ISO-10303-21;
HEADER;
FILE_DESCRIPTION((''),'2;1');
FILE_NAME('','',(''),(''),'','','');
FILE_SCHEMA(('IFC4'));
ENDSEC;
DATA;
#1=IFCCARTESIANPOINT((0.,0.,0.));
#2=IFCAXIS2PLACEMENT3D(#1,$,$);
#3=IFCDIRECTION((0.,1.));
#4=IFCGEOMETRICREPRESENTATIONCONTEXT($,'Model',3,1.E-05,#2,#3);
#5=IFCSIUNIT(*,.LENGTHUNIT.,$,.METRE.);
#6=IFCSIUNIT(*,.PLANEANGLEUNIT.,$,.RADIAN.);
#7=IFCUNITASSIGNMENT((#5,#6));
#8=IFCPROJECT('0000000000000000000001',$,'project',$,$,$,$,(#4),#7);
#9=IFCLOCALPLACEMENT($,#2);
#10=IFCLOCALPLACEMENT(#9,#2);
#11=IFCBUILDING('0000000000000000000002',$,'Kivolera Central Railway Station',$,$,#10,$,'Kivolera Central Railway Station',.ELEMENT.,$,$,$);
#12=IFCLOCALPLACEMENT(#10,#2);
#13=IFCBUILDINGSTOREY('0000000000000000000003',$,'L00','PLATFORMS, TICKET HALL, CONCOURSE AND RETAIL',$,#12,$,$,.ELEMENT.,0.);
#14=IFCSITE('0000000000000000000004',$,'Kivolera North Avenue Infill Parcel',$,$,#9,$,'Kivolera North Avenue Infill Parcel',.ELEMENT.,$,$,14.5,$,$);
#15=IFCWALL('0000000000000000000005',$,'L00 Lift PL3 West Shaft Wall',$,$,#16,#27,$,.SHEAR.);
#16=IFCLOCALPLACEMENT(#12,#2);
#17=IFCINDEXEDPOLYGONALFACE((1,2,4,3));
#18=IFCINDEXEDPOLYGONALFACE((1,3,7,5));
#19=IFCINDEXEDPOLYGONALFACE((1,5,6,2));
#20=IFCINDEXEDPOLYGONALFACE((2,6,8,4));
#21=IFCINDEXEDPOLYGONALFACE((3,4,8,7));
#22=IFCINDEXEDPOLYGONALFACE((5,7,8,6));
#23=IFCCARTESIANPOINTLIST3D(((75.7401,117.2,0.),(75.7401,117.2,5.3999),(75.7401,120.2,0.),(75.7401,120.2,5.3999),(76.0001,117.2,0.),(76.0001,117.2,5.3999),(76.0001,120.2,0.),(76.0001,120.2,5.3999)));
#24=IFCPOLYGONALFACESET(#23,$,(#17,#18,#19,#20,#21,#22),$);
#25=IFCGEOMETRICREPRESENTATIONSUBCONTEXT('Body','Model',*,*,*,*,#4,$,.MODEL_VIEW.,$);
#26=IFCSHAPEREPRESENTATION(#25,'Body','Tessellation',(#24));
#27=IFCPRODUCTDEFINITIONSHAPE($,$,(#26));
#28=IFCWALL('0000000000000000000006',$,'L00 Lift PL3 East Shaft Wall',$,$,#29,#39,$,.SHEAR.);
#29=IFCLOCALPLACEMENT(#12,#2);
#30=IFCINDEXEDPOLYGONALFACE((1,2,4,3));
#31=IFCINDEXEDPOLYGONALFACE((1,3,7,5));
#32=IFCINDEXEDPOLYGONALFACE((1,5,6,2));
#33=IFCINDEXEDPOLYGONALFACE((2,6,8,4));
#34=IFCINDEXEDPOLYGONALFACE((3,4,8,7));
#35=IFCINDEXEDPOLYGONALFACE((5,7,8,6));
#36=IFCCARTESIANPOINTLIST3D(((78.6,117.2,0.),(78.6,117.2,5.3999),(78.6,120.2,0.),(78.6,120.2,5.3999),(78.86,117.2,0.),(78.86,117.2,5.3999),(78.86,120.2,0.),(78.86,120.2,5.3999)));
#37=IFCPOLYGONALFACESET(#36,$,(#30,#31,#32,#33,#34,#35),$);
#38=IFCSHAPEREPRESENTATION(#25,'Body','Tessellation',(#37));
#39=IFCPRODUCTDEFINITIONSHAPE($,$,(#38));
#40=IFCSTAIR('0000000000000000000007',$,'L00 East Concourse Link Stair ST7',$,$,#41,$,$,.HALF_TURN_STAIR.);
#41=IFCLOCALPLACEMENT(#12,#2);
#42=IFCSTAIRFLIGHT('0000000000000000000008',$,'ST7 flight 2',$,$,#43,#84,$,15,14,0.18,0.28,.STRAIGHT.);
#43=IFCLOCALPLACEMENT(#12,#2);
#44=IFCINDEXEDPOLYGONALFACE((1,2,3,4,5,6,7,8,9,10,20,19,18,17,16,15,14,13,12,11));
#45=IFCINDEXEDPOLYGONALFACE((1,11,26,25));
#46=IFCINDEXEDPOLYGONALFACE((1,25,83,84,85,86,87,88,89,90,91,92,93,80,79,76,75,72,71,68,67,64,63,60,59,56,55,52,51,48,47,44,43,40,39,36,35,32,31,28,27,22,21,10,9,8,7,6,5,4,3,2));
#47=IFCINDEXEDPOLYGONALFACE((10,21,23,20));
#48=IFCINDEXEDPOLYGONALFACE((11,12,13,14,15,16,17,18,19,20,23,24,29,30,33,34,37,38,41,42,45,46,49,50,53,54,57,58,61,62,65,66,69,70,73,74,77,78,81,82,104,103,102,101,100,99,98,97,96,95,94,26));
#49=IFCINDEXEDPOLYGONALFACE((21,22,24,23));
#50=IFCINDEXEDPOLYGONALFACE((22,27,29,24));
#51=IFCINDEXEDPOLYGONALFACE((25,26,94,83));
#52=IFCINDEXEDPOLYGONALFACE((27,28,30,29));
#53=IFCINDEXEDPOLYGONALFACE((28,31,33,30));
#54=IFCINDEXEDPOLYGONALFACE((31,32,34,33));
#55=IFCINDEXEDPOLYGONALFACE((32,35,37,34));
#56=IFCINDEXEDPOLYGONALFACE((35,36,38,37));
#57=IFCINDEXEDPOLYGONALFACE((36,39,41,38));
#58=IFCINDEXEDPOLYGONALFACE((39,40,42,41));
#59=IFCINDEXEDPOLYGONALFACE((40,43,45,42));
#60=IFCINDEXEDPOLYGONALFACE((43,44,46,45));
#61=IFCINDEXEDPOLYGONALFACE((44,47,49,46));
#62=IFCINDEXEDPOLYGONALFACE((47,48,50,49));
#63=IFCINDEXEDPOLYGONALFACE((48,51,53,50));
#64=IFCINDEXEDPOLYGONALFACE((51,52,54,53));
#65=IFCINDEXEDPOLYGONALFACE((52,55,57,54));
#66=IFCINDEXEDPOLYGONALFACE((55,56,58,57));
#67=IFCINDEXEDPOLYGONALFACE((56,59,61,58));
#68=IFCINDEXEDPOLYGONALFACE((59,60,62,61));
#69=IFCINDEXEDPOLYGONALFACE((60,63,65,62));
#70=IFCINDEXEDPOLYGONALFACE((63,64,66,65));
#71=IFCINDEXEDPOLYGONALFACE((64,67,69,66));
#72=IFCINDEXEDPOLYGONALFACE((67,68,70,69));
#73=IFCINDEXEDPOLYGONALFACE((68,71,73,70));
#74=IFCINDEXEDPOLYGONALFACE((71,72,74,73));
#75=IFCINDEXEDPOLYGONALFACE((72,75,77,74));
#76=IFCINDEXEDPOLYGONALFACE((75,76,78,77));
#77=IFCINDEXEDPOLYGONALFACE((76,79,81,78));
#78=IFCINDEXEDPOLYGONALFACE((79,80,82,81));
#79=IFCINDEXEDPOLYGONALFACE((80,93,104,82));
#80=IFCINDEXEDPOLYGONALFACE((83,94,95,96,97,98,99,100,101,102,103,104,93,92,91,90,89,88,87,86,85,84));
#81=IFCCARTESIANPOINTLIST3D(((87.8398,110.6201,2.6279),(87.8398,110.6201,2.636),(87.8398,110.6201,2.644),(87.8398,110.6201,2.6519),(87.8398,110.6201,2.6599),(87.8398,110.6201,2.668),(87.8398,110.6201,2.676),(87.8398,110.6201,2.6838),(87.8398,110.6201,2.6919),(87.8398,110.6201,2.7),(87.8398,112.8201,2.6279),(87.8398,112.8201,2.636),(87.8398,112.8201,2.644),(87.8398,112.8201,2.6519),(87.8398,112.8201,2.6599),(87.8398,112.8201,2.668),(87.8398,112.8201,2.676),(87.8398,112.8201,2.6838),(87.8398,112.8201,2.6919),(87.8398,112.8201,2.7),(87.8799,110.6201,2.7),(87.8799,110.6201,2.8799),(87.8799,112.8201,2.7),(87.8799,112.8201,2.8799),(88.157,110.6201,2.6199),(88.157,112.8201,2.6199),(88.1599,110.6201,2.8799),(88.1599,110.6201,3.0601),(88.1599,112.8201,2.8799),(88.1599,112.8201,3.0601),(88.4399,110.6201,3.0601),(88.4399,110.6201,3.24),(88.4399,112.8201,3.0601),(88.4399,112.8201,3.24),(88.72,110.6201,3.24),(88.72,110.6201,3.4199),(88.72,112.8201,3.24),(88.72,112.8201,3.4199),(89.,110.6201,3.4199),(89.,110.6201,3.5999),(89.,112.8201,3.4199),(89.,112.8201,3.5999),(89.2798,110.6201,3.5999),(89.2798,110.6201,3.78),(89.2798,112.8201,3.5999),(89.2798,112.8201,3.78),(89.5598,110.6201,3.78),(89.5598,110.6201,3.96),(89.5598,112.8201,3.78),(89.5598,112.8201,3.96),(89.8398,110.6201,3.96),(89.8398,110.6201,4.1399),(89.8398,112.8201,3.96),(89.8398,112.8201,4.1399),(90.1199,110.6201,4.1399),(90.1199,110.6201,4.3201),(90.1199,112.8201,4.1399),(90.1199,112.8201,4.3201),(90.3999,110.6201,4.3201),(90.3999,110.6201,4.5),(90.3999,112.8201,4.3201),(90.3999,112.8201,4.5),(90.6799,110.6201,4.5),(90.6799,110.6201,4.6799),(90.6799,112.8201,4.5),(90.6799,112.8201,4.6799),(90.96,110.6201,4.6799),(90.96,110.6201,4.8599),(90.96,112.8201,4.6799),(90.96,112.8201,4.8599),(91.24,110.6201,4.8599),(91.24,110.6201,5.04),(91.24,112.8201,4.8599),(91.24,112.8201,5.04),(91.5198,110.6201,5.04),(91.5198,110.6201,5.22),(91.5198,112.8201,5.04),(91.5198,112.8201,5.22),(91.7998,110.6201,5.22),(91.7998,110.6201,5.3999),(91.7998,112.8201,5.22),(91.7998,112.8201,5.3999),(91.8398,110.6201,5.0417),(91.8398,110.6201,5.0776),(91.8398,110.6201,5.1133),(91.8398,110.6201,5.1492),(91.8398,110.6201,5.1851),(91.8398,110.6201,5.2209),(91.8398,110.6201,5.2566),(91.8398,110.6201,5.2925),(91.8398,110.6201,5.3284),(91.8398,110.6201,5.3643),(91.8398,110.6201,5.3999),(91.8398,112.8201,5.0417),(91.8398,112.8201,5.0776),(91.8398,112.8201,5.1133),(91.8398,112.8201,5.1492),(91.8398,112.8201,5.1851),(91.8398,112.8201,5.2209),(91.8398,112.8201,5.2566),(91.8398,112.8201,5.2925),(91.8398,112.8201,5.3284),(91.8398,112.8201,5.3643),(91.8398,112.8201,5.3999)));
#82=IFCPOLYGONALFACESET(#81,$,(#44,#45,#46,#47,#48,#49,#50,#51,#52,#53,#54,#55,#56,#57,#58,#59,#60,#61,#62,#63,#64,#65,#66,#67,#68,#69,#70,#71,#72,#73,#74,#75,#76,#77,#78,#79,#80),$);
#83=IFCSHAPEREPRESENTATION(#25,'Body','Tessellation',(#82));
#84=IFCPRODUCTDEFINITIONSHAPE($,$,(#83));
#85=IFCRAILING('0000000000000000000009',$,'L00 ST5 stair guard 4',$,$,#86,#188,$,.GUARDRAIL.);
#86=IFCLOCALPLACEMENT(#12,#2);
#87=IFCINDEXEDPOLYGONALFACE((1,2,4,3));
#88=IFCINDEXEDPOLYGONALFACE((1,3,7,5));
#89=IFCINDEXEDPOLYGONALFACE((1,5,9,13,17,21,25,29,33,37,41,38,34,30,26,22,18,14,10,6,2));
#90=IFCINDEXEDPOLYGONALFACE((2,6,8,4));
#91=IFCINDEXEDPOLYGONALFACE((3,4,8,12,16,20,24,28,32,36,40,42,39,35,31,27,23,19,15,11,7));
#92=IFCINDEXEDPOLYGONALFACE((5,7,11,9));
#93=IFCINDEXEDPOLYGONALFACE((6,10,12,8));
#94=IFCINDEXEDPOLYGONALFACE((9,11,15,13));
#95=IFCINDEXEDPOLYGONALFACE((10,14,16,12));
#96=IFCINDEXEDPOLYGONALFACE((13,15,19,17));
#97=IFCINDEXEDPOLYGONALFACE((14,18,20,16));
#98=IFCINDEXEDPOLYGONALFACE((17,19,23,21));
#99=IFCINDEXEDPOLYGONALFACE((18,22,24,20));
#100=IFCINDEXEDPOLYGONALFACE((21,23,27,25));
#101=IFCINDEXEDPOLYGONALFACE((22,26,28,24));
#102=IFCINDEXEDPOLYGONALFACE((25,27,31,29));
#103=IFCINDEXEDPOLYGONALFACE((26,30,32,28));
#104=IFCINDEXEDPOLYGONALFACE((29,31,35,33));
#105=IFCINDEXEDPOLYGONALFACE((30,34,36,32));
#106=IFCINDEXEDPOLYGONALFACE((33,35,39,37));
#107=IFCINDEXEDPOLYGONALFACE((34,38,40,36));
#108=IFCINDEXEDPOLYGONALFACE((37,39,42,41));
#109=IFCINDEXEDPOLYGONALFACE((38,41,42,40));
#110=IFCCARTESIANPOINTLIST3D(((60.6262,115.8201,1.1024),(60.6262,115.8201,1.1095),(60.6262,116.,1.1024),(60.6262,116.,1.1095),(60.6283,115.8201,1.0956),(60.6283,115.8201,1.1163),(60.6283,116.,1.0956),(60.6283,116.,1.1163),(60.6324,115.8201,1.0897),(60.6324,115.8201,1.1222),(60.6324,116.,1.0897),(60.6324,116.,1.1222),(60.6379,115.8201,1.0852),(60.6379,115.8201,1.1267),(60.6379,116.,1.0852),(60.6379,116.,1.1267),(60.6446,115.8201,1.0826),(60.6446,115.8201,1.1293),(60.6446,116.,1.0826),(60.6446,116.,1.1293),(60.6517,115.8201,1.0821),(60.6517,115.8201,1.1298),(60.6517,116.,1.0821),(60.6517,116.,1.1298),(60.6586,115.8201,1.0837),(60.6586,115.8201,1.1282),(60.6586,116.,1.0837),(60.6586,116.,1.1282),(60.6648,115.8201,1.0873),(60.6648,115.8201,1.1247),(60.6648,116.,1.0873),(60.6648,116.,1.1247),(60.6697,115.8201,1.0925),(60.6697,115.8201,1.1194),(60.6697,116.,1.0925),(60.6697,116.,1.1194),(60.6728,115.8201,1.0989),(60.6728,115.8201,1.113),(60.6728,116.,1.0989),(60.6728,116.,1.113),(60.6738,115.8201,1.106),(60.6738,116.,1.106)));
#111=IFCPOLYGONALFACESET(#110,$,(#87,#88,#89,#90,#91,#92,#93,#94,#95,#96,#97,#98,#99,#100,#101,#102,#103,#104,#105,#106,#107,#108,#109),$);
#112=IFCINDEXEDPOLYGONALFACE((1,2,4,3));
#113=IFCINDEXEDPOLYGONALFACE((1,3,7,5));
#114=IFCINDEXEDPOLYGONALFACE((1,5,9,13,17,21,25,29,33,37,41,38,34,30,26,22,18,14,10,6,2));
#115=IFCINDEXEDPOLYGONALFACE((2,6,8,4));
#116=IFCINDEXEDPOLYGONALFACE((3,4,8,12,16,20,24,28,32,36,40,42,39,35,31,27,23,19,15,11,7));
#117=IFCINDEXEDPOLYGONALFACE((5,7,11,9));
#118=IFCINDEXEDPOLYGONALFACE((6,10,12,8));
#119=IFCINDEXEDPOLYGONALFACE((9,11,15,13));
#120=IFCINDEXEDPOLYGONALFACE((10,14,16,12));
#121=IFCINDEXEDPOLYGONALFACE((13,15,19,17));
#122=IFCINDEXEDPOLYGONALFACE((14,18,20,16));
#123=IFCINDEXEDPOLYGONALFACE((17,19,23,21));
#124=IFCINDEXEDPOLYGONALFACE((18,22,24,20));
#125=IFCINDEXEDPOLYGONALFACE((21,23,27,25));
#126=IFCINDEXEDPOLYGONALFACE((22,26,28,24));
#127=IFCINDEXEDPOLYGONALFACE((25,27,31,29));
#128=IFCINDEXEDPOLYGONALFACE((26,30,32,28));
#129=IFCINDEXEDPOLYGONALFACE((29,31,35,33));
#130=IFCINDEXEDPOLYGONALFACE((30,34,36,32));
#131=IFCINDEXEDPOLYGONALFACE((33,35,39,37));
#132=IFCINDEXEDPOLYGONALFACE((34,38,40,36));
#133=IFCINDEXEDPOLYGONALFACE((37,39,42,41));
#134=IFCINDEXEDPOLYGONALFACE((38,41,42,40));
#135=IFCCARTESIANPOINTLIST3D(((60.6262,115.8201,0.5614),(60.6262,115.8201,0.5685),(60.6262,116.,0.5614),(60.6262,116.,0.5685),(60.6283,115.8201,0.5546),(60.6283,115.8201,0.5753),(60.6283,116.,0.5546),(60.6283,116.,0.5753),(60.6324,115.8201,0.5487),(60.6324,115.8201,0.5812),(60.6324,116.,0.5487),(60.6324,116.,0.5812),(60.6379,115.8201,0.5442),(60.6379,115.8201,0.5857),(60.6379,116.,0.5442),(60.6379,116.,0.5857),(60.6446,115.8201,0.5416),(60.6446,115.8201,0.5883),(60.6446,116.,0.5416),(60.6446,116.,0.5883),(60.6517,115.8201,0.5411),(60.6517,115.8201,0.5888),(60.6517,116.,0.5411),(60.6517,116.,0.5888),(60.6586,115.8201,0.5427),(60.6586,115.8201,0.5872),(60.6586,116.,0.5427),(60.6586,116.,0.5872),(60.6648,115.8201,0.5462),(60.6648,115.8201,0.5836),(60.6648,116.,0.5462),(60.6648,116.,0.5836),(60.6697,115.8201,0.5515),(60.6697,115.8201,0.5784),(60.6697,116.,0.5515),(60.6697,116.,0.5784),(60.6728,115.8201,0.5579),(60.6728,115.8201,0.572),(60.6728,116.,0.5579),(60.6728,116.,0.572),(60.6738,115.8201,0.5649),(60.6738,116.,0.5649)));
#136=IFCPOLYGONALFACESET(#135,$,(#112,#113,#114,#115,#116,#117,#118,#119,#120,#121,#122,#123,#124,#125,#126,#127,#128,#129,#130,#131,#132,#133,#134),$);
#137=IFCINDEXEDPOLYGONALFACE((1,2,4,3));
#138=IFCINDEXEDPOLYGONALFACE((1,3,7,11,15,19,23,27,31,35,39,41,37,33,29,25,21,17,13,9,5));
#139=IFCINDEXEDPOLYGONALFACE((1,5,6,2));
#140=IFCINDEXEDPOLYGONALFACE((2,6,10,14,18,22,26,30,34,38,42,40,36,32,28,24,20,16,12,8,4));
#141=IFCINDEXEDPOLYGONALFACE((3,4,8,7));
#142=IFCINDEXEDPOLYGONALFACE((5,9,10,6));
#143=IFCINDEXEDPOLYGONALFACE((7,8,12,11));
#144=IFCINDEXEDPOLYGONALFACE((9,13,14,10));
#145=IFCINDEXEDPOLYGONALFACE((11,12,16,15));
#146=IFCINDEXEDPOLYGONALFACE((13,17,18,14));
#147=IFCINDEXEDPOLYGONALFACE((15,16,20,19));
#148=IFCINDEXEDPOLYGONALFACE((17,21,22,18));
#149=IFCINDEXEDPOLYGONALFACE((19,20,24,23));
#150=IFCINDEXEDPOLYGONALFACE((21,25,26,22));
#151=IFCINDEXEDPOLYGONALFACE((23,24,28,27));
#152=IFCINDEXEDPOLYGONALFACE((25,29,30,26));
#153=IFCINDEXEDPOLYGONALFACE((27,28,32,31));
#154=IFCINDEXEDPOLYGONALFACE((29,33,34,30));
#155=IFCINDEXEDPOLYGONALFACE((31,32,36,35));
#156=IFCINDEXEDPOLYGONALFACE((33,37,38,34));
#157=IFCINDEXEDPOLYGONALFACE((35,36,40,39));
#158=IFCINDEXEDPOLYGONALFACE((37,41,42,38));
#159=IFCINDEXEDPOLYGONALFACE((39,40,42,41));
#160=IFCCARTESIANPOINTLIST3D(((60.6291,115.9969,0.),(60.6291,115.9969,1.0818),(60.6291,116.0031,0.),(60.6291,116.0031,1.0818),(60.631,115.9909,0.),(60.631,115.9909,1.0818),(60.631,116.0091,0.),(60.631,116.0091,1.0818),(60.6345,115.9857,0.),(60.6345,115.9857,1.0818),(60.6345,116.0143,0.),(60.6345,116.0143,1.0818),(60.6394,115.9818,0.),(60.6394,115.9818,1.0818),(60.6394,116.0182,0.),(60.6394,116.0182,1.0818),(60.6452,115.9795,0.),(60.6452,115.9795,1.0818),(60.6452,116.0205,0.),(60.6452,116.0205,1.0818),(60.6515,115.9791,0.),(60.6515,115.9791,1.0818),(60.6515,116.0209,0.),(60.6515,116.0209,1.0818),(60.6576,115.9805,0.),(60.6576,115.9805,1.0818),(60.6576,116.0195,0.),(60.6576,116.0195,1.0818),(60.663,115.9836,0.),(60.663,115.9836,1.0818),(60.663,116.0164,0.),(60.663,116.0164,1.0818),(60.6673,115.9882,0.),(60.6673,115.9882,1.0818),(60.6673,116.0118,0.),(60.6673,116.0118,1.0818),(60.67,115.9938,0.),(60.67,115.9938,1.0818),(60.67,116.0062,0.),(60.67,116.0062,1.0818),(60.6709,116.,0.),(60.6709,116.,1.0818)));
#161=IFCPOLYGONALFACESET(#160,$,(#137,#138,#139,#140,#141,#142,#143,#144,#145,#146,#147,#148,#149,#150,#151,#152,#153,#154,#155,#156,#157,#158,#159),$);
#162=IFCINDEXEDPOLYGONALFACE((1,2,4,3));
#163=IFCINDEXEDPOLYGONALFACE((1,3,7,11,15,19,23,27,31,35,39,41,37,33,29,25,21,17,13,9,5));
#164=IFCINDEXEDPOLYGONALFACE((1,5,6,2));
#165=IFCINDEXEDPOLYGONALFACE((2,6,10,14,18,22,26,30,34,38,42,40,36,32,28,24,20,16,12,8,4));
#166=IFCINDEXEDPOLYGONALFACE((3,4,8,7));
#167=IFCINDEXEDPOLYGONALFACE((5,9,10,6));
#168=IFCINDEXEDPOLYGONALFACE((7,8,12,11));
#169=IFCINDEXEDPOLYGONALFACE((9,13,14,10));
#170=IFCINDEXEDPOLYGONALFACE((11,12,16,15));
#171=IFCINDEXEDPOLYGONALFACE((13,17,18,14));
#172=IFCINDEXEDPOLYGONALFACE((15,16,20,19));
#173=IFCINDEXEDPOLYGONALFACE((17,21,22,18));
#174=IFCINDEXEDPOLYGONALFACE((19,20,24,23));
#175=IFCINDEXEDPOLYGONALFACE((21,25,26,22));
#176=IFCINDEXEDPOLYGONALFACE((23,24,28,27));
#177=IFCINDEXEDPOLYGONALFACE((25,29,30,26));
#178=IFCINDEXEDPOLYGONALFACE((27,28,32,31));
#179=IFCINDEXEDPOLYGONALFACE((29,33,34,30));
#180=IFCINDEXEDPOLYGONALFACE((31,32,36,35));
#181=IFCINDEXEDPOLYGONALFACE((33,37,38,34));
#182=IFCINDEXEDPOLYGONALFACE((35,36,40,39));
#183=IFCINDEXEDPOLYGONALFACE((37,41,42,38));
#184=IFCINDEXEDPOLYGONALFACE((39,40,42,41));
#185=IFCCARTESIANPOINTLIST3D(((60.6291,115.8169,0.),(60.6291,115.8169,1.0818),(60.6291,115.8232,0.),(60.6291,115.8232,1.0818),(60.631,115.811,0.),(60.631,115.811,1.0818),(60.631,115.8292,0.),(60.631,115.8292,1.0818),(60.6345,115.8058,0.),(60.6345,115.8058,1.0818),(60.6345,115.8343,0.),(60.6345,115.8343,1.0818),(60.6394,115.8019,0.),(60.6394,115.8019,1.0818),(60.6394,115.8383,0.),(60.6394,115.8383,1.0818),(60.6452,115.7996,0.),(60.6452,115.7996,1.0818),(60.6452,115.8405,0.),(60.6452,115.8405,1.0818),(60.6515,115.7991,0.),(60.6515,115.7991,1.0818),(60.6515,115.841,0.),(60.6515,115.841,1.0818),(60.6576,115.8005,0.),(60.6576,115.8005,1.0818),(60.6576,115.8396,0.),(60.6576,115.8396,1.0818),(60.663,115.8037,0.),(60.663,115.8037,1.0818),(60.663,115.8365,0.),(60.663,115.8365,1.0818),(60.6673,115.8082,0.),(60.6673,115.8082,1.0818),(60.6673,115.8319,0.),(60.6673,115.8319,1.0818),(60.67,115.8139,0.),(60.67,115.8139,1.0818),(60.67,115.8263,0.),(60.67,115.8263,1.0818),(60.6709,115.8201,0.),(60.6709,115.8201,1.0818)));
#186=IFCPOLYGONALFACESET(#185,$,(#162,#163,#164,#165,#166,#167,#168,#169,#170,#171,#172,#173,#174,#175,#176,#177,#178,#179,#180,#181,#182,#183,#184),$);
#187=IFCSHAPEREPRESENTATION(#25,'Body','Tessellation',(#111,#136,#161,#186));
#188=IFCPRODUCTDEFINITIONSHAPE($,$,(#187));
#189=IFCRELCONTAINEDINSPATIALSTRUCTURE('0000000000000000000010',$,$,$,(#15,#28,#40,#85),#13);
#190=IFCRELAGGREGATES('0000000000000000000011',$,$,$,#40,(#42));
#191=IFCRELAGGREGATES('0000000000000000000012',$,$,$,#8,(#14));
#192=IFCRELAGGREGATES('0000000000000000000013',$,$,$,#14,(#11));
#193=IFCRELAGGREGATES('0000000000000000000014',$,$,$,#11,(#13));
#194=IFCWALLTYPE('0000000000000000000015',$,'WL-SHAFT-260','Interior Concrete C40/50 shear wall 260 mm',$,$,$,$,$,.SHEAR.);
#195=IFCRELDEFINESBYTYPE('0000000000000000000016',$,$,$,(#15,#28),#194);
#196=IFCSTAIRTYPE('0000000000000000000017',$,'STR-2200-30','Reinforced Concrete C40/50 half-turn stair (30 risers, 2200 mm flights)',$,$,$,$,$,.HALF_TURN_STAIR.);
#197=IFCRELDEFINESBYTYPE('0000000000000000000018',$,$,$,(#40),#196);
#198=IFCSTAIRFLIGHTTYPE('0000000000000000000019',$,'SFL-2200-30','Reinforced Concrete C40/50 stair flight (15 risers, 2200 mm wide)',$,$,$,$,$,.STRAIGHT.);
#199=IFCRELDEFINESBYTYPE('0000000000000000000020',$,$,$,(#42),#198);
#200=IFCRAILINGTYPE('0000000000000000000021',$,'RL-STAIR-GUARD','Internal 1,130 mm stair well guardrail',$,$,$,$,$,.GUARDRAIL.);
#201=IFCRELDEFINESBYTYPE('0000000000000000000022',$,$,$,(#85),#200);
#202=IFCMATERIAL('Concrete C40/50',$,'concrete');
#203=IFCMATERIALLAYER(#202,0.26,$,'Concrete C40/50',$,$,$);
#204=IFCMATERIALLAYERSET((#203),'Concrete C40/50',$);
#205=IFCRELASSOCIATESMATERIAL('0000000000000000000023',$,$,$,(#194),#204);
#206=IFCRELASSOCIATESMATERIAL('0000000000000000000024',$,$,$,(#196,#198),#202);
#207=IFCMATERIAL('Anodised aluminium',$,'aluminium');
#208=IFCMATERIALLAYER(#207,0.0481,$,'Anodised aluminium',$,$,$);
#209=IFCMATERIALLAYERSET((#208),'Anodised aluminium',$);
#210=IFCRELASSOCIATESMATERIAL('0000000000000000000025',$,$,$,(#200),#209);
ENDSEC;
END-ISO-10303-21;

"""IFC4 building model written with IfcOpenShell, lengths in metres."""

from ifc_helpers import new_model, si_unit, direction, frame, frame_2d, origin, origin_2d, place, context, subcontext, project, spatial, polyline, rectangle, circle, outline, extrude, material, layer, layer_set, type_object, element, aggregate, save


model = new_model("IFC4")

# Units and contexts
model_context = context("Model", 3, precision=1e-05, world=origin(), true_north=direction((0.0, 1.0)))
body_context = subcontext(model_context, "Body", "Model", "MODEL_VIEW")
ifc_project = project(units=[si_unit("LENGTHUNIT", "METRE"), si_unit("PLANEANGLEUNIT", "RADIAN")], contexts=[model_context])

# Site, building, storey
site_placement = place(None, origin())
site = spatial("IfcSite", under=ifc_project, at=site_placement, Name="Kivolera North Avenue Infill Parcel", LongName="Kivolera North Avenue Infill Parcel", CompositionType="ELEMENT", RefElevation=14.5)
building_placement = place(site_placement, origin())
building = spatial("IfcBuilding", under=site, at=building_placement, Name="Kivolera Central Railway Station", LongName="Kivolera Central Railway Station", CompositionType="ELEMENT")
storey_placement = place(building_placement, origin())
storey = spatial("IfcBuildingStorey", under=building, at=storey_placement, Name="L00", Description="PLATFORMS, TICKET HALL, CONCOURSE AND RETAIL", CompositionType="ELEMENT", Elevation=0.0)

# Shared definitions
ifc_material_1 = material(Name="Concrete C40/50", Category="concrete")

# Shared definitions
ifc_layer_1 = layer(ifc_material_1, 0.26, Name="Concrete C40/50")
ifc_layer_set_1 = layer_set([ifc_layer_1], Name="Concrete C40/50")
wall_type_1 = type_object("IfcWallType", Name="WL-SHAFT-260", Description="Interior Concrete C40/50 shear wall 260 mm", PredefinedType="SHEAR", material=ifc_layer_set_1)
ifc_material_2 = material(Name="Anodised aluminium", Category="aluminium")

# Walls
for number, where, z_axis, x_axis, name in (
    (1, (75.8701, 117.2, 0.0), (0.0, 0.0, 1.0), (0.0, 1.0, 0.0), "L00 Lift PL3 West Shaft Wall"),
    (2, (78.73, 117.2, 0.0), (0.0, 0.0, 1.0), (0.0, 1.0, 0.0), "L00 Lift PL3 East Shaft Wall"),
):
    element("IfcWall", number, at=place(storey_placement, frame(where, z_axis=z_axis, x_axis=x_axis)), inside=storey, type_object=wall_type_1, Name=name, PredefinedType="SHEAR", context=body_context, shape_type="SweptSolid", body=[
        extrude(rectangle(XDim=3.0, YDim=0.26, at=frame_2d((1.5, 0.0))), origin(), (0.0, 0.0, 1.0), 5.3999),
    ])

# Stair, stair flight
stair_type = type_object("IfcStairType", Name="STR-2200-30", Description="Reinforced Concrete C40/50 half-turn stair (30 risers, 2200 mm flights)", PredefinedType="HALF_TURN_STAIR", material=ifc_material_1)
stair_placement = place(storey_placement, origin())
stair = element("IfcStair", 3, at=stair_placement, inside=storey, type_object=stair_type, Name="L00 East Concourse Link Stair ST7", PredefinedType="HALF_TURN_STAIR")
stair_flight_type = type_object("IfcStairFlightType", Name="SFL-2200-30", Description="Reinforced Concrete C40/50 stair flight (15 risers, 2200 mm wide)", PredefinedType="STRAIGHT", material=ifc_material_1)
stair_flight_placement = place(storey_placement, frame((87.8799, 111.72, 2.7), z_axis=(0.0, 0.0, 1.0), x_axis=(1.0, 0.0, 0.0)))
stair_flight = element("IfcStairFlight", 4, at=stair_flight_placement, type_object=stair_flight_type, Name="ST7 flight 2", NumberOfRisers=15, NumberOfTreads=14, PredefinedType="STRAIGHT", RiserHeight=0.18, TreadLength=0.28, context=body_context, shape_type="SweptSolid", body=[
    extrude(outline(polyline([(-0.04, 0.0), (0.0, 0.0), (0.0, 0.1799), (0.28, 0.1799), (0.28, 0.3601), (0.5601, 0.3601), (0.5601, 0.54), (0.8401, 0.54), (0.8401, 0.72), (1.1201, 0.72), (1.1201, 0.8999), (1.3999, 0.8999), (1.3999, 1.0801), (1.6799, 1.0801), (1.6799, 1.26), (1.96, 1.26), (1.96, 1.4399), (2.24, 1.4399), (2.24, 1.6201), (2.52, 1.6201), (2.52, 1.8), (2.8, 1.8), (2.8, 1.98), (3.0801, 1.98), (3.0801, 2.1599), (3.3601, 2.1599), (3.3601, 2.3401), (3.6399, 2.3401), (3.6399, 2.52), (3.9199, 2.52), (3.9199, 2.7), (3.96, 2.7), (3.96, 2.6643), (3.96, 2.6284), (3.96, 2.5925), (3.96, 2.5566), (3.96, 2.521), (3.96, 2.4851), (3.96, 2.4492), (3.96, 2.4133), (3.96, 2.3777), (3.96, 2.3418), (0.2771, -0.0801), (-0.04, -0.072), (-0.04, -0.064), (-0.04, -0.0559), (-0.04, -0.0481), (-0.04, -0.04), (-0.04, -0.032), (-0.04, -0.0239), (-0.04, -0.0161), (-0.04, -0.0081), (-0.04, 0.0)])), frame((0.0, 1.1001, 0.0), z_axis=(0.0, -1.0, 0.0), x_axis=(1.0, 0.0, 0.0)), (0.0, 0.0, 1.0), 2.2),
])
aggregate(stair, [stair_flight])

# Railing
ifc_layer_2 = layer(ifc_material_2, 0.0481, Name="Anodised aluminium")
ifc_layer_set_2 = layer_set([ifc_layer_2], Name="Anodised aluminium")
railing_type_1 = type_object("IfcRailingType", Name="RL-STAIR-GUARD", Description="Internal 1,130 mm stair well guardrail", PredefinedType="GUARDRAIL", material=ifc_layer_set_2)
for number, where, name in (
    (5, (60.6499, 116.0, 0.0), "L00 ST5 stair guard 4"),
):
    element("IfcRailing", number, at=place(storey_placement, frame(where)), inside=storey, type_object=railing_type_1, Name=name, PredefinedType="GUARDRAIL", context=body_context, shape_type="SweptSolid", body=[
        extrude(circle(Radius=0.0239, at=origin_2d()), frame((0.0, 0.0, 1.106), z_axis=(0.0, -1.0, 0.0), x_axis=(1.0, 0.0, 0.0)), (0.0, 0.0, 1.0), 0.1799),
        extrude(circle(Radius=0.0239, at=origin_2d()), frame((0.0, 0.0, 0.5649), z_axis=(0.0, -1.0, 0.0), x_axis=(1.0, 0.0, 0.0)), (0.0, 0.0, 1.0), 0.1799),
        extrude(circle(Radius=0.021, at=origin_2d()), origin(), (0.0, 0.0, 1.0), 1.0818),
        extrude(circle(Radius=0.021, at=origin_2d()), frame((0.0, -0.1799, 0.0)), (0.0, 0.0, 1.0), 1.0818),
    ])

save(model, "model.ifc")
